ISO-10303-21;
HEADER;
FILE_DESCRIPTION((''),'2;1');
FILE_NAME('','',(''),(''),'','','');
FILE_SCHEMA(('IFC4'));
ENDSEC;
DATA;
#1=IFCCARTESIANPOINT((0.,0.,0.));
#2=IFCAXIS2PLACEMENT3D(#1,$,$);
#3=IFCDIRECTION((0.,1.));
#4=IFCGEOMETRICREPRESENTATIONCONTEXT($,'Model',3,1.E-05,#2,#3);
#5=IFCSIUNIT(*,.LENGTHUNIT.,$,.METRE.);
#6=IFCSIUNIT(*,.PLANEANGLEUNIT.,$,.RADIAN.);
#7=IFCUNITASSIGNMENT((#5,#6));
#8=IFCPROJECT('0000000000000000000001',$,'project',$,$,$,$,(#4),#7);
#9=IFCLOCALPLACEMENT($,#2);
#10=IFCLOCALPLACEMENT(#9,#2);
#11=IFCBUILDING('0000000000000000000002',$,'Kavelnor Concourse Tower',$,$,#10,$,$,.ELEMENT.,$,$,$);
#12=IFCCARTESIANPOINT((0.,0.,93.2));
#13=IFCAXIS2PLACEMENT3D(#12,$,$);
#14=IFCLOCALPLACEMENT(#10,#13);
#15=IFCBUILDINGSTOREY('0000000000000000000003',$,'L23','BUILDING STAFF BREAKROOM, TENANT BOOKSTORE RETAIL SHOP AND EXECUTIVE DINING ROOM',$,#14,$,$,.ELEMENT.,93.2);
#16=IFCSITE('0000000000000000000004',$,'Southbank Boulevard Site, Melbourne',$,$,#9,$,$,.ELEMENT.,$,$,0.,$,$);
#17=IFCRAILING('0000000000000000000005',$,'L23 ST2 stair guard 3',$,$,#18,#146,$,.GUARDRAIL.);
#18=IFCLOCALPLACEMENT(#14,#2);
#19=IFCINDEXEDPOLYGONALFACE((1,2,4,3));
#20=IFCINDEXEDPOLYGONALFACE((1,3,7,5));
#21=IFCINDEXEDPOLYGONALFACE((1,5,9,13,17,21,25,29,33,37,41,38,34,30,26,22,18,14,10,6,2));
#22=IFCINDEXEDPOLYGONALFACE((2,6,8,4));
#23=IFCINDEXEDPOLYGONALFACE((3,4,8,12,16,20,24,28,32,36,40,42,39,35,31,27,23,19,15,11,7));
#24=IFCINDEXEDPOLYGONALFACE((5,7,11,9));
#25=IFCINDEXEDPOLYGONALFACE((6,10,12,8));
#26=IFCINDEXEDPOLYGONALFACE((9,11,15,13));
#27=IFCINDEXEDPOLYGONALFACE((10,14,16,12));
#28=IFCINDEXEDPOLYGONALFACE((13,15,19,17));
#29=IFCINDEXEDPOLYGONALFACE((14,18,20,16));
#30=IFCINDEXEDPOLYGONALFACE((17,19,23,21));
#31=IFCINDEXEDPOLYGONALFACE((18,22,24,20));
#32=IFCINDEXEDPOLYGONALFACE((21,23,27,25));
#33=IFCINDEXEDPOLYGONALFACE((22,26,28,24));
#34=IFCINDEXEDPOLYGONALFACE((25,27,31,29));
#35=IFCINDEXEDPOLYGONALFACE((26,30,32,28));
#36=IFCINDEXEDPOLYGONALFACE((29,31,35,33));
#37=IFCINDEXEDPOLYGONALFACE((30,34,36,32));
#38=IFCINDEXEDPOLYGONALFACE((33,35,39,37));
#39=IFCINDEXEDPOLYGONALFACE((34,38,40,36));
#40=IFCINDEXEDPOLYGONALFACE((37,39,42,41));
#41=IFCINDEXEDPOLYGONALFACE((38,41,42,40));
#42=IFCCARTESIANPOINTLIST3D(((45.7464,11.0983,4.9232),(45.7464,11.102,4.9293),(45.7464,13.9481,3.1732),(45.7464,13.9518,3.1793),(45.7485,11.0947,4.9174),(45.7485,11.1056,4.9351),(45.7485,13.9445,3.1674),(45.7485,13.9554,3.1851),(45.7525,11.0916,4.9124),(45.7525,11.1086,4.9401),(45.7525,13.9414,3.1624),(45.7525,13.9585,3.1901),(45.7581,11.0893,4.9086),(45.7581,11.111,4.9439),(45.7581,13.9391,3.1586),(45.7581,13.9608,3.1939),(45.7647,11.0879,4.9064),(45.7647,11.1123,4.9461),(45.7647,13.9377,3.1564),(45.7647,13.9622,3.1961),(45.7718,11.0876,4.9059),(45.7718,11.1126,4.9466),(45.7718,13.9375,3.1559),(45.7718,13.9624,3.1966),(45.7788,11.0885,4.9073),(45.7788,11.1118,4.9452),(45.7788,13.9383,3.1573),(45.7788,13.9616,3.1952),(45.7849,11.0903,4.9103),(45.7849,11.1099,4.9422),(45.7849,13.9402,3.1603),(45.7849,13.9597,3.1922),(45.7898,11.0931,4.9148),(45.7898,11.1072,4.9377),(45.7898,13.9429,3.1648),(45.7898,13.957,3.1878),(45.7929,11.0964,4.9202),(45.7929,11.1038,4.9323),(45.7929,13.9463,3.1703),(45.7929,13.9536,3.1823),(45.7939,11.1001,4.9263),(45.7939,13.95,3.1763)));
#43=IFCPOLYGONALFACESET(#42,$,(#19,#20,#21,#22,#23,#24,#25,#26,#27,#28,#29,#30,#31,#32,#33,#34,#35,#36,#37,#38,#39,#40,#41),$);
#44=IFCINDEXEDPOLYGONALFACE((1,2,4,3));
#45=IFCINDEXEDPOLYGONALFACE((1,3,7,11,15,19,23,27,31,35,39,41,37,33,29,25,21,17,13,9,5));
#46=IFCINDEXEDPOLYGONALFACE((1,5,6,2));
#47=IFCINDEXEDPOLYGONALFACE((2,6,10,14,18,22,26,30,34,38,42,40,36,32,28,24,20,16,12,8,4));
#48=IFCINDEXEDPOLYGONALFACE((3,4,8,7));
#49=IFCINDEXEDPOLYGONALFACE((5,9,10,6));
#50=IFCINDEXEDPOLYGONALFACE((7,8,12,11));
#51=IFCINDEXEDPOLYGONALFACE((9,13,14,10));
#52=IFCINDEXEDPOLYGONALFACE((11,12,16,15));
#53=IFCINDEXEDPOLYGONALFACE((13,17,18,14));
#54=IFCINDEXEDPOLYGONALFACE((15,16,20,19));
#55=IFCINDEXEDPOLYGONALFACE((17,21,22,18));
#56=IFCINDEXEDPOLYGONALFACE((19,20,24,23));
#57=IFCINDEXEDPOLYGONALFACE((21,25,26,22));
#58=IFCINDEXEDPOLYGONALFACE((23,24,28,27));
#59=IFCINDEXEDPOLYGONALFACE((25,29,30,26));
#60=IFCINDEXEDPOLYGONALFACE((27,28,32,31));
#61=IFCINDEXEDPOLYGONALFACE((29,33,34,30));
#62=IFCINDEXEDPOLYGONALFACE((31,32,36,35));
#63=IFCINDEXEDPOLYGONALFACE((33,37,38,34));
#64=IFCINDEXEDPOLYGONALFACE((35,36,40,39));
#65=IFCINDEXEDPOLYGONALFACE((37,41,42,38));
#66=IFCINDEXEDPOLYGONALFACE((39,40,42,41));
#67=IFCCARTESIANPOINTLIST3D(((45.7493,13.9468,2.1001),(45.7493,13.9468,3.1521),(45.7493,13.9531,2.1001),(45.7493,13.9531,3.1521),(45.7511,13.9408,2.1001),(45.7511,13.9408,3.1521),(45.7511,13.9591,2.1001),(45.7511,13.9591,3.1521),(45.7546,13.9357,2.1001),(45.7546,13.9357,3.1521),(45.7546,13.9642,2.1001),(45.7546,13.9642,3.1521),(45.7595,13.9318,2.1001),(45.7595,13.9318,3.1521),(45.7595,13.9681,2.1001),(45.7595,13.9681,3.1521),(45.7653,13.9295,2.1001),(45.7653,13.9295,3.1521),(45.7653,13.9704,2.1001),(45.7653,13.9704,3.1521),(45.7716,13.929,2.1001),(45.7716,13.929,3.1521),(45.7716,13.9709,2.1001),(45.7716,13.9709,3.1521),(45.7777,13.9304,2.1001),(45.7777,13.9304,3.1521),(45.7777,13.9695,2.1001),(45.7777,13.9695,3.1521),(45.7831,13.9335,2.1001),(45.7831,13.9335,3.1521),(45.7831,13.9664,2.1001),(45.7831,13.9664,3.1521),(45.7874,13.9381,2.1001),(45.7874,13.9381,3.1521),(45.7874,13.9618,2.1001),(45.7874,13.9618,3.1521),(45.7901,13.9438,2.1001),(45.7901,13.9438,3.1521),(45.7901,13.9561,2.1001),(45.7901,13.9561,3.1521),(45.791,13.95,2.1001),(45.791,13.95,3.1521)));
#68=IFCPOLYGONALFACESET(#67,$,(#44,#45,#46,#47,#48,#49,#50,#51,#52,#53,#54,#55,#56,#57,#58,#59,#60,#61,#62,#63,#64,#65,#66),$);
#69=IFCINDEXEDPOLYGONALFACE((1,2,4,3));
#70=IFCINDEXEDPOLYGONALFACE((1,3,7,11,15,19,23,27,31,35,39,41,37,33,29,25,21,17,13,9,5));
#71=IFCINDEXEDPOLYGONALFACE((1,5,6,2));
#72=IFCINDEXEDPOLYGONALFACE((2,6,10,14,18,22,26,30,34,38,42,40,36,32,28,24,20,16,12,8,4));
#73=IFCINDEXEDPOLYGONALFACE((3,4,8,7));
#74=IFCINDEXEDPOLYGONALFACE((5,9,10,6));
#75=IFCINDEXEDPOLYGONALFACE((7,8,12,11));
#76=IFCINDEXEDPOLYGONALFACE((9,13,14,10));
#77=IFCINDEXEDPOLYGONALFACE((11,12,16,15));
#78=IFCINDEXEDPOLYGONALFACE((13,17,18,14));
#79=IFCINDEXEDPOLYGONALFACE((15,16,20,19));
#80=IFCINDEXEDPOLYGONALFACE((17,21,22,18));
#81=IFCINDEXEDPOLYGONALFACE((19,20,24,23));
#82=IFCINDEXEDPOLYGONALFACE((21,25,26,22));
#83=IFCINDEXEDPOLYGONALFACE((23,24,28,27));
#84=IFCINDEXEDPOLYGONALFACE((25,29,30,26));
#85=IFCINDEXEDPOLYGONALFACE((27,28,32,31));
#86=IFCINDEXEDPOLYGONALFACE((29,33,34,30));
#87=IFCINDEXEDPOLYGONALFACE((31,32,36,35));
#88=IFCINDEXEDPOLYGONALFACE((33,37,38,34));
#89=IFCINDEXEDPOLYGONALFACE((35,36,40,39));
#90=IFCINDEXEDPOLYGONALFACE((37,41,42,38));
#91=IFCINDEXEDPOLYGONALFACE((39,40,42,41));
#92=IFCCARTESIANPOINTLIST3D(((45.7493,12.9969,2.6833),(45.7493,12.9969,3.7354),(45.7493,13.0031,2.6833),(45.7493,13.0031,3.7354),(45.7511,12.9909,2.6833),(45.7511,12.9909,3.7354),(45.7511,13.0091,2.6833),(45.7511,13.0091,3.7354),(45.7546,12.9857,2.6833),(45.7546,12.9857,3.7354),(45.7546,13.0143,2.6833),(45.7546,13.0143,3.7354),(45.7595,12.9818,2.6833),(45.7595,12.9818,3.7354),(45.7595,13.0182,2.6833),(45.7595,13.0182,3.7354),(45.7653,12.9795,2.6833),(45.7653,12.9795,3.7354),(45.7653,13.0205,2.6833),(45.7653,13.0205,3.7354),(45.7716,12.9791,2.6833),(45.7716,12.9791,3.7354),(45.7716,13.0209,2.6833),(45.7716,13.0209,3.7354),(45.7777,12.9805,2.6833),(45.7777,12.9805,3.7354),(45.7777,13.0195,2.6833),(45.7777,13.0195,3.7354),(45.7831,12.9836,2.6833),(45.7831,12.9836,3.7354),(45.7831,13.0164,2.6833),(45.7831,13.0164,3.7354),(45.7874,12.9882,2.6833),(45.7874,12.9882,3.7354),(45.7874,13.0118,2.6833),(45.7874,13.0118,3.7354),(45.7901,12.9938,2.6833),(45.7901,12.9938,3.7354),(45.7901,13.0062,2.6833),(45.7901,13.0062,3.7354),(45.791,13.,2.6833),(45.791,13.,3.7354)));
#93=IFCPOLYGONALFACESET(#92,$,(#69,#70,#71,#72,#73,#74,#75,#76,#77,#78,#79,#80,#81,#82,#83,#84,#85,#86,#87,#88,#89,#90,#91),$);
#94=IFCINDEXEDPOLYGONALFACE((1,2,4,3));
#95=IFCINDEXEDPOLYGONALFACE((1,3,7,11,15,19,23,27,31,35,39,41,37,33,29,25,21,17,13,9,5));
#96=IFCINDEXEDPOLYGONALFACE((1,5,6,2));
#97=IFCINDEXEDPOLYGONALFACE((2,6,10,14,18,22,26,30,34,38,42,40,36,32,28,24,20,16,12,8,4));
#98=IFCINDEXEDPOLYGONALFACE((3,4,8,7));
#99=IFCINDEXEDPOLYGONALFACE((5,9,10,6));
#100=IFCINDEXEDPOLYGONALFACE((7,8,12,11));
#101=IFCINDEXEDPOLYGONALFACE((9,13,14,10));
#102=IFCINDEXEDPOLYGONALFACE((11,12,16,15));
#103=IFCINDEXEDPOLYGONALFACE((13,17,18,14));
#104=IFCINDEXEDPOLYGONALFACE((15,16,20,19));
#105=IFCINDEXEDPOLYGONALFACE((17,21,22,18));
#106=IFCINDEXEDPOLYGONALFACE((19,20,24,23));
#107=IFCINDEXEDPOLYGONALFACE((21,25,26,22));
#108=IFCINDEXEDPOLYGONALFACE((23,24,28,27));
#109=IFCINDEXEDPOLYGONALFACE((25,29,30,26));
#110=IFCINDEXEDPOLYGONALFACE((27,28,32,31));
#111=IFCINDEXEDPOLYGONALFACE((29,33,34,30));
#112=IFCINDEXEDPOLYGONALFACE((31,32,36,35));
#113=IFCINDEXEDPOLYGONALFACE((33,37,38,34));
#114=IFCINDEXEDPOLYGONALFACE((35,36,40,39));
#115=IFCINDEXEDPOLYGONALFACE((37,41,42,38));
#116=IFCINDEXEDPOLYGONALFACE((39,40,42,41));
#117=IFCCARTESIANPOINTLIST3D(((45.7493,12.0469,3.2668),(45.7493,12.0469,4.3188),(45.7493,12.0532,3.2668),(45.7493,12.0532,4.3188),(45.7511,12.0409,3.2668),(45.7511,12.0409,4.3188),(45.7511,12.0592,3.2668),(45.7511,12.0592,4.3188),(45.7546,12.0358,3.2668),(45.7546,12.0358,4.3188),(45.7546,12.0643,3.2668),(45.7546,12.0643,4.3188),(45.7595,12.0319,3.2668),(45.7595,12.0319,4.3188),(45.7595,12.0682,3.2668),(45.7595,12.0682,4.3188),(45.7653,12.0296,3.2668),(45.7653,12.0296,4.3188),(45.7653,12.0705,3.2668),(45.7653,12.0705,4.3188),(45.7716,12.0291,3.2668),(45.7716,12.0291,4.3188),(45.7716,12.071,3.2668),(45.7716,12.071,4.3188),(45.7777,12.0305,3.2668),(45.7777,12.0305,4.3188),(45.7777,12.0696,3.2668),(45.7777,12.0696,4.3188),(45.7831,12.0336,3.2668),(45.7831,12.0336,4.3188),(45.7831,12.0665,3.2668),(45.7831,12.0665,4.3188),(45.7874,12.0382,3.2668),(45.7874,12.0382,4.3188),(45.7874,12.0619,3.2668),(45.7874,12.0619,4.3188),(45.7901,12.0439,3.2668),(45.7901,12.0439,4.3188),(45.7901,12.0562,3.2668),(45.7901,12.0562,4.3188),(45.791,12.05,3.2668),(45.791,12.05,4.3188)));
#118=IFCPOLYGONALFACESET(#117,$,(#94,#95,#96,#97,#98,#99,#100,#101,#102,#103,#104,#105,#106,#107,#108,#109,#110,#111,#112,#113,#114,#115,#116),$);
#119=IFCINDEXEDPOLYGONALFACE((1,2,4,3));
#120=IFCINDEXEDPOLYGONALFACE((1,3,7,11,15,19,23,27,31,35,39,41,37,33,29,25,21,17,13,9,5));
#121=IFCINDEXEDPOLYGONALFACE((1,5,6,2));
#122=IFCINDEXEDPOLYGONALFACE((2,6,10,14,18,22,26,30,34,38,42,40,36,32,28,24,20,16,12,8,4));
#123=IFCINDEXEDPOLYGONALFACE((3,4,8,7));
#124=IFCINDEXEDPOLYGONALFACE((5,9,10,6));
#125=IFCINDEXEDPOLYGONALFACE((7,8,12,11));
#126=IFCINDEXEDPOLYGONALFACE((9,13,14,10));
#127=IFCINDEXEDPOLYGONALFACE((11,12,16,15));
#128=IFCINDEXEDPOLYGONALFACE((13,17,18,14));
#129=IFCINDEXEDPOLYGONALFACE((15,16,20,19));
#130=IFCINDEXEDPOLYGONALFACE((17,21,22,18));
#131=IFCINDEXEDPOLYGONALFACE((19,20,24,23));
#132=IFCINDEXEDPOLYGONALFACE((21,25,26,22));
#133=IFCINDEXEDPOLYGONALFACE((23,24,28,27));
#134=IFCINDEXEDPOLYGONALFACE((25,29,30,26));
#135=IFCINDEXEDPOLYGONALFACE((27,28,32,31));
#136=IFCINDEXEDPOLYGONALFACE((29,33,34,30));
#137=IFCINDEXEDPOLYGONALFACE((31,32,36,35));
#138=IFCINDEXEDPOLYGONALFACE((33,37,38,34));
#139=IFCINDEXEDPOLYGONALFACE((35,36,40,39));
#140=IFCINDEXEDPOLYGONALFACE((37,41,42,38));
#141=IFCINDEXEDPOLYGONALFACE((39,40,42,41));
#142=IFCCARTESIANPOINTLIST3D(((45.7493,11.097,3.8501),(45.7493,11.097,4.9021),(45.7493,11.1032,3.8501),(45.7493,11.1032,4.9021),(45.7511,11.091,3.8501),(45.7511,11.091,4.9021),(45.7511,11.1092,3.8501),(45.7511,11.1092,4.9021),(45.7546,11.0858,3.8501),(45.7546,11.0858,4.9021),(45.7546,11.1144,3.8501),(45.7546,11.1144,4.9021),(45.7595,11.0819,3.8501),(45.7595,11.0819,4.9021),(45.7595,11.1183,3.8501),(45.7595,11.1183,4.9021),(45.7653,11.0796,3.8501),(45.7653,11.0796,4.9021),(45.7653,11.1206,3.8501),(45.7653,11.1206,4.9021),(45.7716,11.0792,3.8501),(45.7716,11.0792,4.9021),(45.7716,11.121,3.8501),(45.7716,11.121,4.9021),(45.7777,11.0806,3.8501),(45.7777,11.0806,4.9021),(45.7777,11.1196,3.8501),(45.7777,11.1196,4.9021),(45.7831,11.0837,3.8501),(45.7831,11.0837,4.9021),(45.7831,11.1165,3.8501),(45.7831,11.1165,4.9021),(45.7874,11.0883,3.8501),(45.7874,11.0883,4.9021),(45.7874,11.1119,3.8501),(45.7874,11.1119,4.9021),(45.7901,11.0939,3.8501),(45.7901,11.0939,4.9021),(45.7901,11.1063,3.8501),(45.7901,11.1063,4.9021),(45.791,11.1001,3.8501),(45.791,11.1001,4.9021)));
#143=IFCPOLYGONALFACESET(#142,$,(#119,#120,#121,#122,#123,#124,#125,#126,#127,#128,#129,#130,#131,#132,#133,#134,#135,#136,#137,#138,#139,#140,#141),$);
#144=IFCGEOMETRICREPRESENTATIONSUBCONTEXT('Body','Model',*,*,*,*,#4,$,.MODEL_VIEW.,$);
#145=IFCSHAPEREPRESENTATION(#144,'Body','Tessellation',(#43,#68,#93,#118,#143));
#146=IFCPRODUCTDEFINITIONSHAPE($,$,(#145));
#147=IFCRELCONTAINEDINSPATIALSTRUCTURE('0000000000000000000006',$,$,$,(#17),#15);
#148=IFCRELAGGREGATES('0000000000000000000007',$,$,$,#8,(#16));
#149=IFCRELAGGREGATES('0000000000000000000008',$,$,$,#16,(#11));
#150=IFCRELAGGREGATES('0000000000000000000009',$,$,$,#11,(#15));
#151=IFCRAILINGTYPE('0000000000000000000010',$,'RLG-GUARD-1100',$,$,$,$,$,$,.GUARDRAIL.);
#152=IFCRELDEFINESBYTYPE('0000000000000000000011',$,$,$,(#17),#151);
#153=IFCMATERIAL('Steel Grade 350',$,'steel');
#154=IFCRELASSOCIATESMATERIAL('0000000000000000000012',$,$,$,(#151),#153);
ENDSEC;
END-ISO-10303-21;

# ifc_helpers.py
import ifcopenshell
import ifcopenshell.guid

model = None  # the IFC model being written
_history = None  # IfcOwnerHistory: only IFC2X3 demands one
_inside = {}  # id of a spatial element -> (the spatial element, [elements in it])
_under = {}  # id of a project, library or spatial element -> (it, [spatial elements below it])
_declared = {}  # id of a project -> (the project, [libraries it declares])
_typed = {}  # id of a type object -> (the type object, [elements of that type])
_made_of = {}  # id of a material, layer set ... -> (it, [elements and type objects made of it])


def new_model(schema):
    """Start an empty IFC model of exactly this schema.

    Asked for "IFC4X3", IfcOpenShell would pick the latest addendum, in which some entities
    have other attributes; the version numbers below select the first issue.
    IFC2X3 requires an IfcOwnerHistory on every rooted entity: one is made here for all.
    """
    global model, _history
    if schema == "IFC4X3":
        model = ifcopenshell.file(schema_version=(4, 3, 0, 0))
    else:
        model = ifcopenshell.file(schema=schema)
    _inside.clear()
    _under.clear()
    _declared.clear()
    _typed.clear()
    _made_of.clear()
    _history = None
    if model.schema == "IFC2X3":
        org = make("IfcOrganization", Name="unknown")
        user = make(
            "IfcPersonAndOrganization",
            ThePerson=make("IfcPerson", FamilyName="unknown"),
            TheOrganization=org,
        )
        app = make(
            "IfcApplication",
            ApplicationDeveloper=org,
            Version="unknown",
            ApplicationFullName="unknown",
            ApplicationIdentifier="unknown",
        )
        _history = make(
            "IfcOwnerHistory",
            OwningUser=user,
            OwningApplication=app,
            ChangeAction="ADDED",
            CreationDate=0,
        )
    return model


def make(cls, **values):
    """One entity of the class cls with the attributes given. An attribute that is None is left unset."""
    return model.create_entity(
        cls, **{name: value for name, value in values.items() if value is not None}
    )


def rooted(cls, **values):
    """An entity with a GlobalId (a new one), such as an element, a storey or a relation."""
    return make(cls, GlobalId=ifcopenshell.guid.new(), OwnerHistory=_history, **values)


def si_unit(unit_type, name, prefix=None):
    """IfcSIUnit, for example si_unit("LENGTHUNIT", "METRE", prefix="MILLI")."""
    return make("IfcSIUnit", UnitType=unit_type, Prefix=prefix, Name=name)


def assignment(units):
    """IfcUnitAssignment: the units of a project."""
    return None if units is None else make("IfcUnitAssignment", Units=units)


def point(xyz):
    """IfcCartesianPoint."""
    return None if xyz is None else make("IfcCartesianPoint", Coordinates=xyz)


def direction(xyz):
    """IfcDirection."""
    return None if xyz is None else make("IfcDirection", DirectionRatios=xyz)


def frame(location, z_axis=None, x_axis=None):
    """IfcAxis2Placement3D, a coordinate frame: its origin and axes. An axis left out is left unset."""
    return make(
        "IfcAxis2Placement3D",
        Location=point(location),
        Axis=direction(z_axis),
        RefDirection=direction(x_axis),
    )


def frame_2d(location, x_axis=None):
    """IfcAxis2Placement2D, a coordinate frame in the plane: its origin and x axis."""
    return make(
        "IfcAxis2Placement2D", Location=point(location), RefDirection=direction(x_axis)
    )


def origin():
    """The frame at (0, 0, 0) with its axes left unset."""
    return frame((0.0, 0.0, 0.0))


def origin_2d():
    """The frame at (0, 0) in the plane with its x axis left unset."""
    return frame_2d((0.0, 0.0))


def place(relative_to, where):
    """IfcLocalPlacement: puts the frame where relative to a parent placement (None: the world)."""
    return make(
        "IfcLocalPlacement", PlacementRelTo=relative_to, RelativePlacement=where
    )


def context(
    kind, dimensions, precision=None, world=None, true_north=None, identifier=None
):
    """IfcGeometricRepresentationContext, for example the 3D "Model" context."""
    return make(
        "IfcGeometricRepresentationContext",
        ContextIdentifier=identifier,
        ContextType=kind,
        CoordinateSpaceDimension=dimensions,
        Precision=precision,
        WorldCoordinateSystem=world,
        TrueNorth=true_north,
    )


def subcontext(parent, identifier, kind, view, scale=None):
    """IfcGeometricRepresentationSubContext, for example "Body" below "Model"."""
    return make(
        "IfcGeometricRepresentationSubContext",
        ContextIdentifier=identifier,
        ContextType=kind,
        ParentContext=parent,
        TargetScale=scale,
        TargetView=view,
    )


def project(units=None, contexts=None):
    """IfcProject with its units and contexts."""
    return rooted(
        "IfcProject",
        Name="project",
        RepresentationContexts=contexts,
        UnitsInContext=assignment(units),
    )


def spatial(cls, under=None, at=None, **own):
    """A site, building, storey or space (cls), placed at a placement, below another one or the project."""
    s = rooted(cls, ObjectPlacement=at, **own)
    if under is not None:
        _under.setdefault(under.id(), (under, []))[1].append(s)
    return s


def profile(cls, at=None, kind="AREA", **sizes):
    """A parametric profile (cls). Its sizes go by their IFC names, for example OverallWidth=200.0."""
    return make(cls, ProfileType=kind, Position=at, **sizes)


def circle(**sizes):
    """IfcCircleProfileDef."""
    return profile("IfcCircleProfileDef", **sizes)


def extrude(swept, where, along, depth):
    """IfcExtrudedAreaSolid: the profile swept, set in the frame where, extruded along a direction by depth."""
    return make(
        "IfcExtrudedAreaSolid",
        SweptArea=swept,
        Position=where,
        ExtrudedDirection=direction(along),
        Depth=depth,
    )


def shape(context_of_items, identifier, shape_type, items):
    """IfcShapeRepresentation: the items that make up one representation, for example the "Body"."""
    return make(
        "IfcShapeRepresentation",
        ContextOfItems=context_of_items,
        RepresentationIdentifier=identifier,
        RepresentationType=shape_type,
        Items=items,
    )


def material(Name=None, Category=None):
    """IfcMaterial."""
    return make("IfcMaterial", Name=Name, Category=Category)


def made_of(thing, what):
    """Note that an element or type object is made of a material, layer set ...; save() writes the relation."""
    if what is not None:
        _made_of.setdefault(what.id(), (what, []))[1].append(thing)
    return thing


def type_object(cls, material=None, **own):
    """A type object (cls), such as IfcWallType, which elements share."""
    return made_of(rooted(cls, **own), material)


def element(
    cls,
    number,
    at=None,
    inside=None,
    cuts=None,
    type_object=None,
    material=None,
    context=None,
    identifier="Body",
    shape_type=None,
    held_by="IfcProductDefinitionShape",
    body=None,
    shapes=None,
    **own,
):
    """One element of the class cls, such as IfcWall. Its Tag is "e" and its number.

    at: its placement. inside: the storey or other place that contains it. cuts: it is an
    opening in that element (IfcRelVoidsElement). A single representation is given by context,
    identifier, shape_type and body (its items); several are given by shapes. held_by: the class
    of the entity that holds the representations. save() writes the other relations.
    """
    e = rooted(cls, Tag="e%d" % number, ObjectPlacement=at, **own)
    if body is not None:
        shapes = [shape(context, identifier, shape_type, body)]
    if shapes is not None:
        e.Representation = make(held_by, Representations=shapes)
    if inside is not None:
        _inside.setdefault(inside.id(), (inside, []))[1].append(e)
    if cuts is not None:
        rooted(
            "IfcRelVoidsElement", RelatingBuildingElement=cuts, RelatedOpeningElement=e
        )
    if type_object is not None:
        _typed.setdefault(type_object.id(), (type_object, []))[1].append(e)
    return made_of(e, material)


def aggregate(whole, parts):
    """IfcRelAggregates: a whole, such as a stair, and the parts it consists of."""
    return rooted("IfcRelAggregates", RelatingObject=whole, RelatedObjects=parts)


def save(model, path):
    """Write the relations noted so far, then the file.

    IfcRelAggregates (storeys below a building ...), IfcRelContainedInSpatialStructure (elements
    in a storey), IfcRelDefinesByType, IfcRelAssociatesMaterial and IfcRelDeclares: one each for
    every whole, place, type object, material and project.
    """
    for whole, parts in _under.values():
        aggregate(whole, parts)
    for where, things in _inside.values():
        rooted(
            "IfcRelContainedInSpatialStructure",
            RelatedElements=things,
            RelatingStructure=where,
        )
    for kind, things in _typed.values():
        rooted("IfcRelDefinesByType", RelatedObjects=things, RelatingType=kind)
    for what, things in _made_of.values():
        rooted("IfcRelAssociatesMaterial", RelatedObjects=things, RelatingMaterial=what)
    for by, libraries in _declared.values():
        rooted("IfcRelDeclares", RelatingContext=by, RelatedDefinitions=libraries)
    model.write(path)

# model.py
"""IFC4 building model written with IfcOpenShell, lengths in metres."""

from ifc_helpers import new_model, si_unit, direction, frame, origin, origin_2d, place, context, subcontext, project, spatial, circle, extrude, material, type_object, element, save


model = new_model("IFC4")

# Units and contexts
model_context = context("Model", 3, precision=1e-05, world=origin(), true_north=direction((0.0, 1.0)))
body_context = subcontext(model_context, "Body", "Model", "MODEL_VIEW")
ifc_project = project(units=[si_unit("LENGTHUNIT", "METRE"), si_unit("PLANEANGLEUNIT", "RADIAN")], contexts=[model_context])

# Site, building, storey
site_placement = place(None, origin())
site = spatial("IfcSite", under=ifc_project, at=site_placement, Name="Southbank Boulevard Site, Melbourne", CompositionType="ELEMENT", RefElevation=0.0)
building_placement = place(site_placement, origin())
building = spatial("IfcBuilding", under=site, at=building_placement, Name="Kavelnor Concourse Tower", CompositionType="ELEMENT")
storey_placement = place(building_placement, frame((0.0, 0.0, 93.2)))
storey = spatial("IfcBuildingStorey", under=building, at=storey_placement, Name="L23", Description="BUILDING STAFF BREAKROOM, TENANT BOOKSTORE RETAIL SHOP AND EXECUTIVE DINING ROOM", CompositionType="ELEMENT", Elevation=93.2)

# Shared definitions
ifc_material_1 = material(Name="Steel Grade 350", Category="steel")

# Railing
railing_type_1 = type_object("IfcRailingType", Name="RLG-GUARD-1100", PredefinedType="GUARDRAIL", material=ifc_material_1)
railing_1_placement = place(storey_placement, frame((45.77, 13.95, 2.1001)))
element("IfcRailing", 1, at=railing_1_placement, inside=storey, type_object=railing_type_1, Name="L23 ST2 stair guard 3", PredefinedType="GUARDRAIL", context=body_context, shape_type="SweptSolid", body=[
    extrude(circle(Radius=0.0239, at=origin_2d()), frame((0.0, 0.0, 1.0762), z_axis=(0.0, -0.852159, 0.523283), x_axis=(1.0, 0.0, 0.0)), (0.0, 0.0, 1.0), 3.3442),
    extrude(circle(Radius=0.021, at=origin_2d()), origin(), (0.0, 0.0, 1.0), 1.052),
    extrude(circle(Radius=0.021, at=origin_2d()), frame((0.0, -0.95, 0.5833)), (0.0, 0.0, 1.0), 1.052),
    extrude(circle(Radius=0.021, at=origin_2d()), frame((0.0, -1.8999, 1.1667)), (0.0, 0.0, 1.0), 1.052),
    extrude(circle(Radius=0.021, at=origin_2d()), frame((0.0, -2.8499, 1.75)), (0.0, 0.0, 1.0), 1.052),
])

save(model, "model.ifc")
